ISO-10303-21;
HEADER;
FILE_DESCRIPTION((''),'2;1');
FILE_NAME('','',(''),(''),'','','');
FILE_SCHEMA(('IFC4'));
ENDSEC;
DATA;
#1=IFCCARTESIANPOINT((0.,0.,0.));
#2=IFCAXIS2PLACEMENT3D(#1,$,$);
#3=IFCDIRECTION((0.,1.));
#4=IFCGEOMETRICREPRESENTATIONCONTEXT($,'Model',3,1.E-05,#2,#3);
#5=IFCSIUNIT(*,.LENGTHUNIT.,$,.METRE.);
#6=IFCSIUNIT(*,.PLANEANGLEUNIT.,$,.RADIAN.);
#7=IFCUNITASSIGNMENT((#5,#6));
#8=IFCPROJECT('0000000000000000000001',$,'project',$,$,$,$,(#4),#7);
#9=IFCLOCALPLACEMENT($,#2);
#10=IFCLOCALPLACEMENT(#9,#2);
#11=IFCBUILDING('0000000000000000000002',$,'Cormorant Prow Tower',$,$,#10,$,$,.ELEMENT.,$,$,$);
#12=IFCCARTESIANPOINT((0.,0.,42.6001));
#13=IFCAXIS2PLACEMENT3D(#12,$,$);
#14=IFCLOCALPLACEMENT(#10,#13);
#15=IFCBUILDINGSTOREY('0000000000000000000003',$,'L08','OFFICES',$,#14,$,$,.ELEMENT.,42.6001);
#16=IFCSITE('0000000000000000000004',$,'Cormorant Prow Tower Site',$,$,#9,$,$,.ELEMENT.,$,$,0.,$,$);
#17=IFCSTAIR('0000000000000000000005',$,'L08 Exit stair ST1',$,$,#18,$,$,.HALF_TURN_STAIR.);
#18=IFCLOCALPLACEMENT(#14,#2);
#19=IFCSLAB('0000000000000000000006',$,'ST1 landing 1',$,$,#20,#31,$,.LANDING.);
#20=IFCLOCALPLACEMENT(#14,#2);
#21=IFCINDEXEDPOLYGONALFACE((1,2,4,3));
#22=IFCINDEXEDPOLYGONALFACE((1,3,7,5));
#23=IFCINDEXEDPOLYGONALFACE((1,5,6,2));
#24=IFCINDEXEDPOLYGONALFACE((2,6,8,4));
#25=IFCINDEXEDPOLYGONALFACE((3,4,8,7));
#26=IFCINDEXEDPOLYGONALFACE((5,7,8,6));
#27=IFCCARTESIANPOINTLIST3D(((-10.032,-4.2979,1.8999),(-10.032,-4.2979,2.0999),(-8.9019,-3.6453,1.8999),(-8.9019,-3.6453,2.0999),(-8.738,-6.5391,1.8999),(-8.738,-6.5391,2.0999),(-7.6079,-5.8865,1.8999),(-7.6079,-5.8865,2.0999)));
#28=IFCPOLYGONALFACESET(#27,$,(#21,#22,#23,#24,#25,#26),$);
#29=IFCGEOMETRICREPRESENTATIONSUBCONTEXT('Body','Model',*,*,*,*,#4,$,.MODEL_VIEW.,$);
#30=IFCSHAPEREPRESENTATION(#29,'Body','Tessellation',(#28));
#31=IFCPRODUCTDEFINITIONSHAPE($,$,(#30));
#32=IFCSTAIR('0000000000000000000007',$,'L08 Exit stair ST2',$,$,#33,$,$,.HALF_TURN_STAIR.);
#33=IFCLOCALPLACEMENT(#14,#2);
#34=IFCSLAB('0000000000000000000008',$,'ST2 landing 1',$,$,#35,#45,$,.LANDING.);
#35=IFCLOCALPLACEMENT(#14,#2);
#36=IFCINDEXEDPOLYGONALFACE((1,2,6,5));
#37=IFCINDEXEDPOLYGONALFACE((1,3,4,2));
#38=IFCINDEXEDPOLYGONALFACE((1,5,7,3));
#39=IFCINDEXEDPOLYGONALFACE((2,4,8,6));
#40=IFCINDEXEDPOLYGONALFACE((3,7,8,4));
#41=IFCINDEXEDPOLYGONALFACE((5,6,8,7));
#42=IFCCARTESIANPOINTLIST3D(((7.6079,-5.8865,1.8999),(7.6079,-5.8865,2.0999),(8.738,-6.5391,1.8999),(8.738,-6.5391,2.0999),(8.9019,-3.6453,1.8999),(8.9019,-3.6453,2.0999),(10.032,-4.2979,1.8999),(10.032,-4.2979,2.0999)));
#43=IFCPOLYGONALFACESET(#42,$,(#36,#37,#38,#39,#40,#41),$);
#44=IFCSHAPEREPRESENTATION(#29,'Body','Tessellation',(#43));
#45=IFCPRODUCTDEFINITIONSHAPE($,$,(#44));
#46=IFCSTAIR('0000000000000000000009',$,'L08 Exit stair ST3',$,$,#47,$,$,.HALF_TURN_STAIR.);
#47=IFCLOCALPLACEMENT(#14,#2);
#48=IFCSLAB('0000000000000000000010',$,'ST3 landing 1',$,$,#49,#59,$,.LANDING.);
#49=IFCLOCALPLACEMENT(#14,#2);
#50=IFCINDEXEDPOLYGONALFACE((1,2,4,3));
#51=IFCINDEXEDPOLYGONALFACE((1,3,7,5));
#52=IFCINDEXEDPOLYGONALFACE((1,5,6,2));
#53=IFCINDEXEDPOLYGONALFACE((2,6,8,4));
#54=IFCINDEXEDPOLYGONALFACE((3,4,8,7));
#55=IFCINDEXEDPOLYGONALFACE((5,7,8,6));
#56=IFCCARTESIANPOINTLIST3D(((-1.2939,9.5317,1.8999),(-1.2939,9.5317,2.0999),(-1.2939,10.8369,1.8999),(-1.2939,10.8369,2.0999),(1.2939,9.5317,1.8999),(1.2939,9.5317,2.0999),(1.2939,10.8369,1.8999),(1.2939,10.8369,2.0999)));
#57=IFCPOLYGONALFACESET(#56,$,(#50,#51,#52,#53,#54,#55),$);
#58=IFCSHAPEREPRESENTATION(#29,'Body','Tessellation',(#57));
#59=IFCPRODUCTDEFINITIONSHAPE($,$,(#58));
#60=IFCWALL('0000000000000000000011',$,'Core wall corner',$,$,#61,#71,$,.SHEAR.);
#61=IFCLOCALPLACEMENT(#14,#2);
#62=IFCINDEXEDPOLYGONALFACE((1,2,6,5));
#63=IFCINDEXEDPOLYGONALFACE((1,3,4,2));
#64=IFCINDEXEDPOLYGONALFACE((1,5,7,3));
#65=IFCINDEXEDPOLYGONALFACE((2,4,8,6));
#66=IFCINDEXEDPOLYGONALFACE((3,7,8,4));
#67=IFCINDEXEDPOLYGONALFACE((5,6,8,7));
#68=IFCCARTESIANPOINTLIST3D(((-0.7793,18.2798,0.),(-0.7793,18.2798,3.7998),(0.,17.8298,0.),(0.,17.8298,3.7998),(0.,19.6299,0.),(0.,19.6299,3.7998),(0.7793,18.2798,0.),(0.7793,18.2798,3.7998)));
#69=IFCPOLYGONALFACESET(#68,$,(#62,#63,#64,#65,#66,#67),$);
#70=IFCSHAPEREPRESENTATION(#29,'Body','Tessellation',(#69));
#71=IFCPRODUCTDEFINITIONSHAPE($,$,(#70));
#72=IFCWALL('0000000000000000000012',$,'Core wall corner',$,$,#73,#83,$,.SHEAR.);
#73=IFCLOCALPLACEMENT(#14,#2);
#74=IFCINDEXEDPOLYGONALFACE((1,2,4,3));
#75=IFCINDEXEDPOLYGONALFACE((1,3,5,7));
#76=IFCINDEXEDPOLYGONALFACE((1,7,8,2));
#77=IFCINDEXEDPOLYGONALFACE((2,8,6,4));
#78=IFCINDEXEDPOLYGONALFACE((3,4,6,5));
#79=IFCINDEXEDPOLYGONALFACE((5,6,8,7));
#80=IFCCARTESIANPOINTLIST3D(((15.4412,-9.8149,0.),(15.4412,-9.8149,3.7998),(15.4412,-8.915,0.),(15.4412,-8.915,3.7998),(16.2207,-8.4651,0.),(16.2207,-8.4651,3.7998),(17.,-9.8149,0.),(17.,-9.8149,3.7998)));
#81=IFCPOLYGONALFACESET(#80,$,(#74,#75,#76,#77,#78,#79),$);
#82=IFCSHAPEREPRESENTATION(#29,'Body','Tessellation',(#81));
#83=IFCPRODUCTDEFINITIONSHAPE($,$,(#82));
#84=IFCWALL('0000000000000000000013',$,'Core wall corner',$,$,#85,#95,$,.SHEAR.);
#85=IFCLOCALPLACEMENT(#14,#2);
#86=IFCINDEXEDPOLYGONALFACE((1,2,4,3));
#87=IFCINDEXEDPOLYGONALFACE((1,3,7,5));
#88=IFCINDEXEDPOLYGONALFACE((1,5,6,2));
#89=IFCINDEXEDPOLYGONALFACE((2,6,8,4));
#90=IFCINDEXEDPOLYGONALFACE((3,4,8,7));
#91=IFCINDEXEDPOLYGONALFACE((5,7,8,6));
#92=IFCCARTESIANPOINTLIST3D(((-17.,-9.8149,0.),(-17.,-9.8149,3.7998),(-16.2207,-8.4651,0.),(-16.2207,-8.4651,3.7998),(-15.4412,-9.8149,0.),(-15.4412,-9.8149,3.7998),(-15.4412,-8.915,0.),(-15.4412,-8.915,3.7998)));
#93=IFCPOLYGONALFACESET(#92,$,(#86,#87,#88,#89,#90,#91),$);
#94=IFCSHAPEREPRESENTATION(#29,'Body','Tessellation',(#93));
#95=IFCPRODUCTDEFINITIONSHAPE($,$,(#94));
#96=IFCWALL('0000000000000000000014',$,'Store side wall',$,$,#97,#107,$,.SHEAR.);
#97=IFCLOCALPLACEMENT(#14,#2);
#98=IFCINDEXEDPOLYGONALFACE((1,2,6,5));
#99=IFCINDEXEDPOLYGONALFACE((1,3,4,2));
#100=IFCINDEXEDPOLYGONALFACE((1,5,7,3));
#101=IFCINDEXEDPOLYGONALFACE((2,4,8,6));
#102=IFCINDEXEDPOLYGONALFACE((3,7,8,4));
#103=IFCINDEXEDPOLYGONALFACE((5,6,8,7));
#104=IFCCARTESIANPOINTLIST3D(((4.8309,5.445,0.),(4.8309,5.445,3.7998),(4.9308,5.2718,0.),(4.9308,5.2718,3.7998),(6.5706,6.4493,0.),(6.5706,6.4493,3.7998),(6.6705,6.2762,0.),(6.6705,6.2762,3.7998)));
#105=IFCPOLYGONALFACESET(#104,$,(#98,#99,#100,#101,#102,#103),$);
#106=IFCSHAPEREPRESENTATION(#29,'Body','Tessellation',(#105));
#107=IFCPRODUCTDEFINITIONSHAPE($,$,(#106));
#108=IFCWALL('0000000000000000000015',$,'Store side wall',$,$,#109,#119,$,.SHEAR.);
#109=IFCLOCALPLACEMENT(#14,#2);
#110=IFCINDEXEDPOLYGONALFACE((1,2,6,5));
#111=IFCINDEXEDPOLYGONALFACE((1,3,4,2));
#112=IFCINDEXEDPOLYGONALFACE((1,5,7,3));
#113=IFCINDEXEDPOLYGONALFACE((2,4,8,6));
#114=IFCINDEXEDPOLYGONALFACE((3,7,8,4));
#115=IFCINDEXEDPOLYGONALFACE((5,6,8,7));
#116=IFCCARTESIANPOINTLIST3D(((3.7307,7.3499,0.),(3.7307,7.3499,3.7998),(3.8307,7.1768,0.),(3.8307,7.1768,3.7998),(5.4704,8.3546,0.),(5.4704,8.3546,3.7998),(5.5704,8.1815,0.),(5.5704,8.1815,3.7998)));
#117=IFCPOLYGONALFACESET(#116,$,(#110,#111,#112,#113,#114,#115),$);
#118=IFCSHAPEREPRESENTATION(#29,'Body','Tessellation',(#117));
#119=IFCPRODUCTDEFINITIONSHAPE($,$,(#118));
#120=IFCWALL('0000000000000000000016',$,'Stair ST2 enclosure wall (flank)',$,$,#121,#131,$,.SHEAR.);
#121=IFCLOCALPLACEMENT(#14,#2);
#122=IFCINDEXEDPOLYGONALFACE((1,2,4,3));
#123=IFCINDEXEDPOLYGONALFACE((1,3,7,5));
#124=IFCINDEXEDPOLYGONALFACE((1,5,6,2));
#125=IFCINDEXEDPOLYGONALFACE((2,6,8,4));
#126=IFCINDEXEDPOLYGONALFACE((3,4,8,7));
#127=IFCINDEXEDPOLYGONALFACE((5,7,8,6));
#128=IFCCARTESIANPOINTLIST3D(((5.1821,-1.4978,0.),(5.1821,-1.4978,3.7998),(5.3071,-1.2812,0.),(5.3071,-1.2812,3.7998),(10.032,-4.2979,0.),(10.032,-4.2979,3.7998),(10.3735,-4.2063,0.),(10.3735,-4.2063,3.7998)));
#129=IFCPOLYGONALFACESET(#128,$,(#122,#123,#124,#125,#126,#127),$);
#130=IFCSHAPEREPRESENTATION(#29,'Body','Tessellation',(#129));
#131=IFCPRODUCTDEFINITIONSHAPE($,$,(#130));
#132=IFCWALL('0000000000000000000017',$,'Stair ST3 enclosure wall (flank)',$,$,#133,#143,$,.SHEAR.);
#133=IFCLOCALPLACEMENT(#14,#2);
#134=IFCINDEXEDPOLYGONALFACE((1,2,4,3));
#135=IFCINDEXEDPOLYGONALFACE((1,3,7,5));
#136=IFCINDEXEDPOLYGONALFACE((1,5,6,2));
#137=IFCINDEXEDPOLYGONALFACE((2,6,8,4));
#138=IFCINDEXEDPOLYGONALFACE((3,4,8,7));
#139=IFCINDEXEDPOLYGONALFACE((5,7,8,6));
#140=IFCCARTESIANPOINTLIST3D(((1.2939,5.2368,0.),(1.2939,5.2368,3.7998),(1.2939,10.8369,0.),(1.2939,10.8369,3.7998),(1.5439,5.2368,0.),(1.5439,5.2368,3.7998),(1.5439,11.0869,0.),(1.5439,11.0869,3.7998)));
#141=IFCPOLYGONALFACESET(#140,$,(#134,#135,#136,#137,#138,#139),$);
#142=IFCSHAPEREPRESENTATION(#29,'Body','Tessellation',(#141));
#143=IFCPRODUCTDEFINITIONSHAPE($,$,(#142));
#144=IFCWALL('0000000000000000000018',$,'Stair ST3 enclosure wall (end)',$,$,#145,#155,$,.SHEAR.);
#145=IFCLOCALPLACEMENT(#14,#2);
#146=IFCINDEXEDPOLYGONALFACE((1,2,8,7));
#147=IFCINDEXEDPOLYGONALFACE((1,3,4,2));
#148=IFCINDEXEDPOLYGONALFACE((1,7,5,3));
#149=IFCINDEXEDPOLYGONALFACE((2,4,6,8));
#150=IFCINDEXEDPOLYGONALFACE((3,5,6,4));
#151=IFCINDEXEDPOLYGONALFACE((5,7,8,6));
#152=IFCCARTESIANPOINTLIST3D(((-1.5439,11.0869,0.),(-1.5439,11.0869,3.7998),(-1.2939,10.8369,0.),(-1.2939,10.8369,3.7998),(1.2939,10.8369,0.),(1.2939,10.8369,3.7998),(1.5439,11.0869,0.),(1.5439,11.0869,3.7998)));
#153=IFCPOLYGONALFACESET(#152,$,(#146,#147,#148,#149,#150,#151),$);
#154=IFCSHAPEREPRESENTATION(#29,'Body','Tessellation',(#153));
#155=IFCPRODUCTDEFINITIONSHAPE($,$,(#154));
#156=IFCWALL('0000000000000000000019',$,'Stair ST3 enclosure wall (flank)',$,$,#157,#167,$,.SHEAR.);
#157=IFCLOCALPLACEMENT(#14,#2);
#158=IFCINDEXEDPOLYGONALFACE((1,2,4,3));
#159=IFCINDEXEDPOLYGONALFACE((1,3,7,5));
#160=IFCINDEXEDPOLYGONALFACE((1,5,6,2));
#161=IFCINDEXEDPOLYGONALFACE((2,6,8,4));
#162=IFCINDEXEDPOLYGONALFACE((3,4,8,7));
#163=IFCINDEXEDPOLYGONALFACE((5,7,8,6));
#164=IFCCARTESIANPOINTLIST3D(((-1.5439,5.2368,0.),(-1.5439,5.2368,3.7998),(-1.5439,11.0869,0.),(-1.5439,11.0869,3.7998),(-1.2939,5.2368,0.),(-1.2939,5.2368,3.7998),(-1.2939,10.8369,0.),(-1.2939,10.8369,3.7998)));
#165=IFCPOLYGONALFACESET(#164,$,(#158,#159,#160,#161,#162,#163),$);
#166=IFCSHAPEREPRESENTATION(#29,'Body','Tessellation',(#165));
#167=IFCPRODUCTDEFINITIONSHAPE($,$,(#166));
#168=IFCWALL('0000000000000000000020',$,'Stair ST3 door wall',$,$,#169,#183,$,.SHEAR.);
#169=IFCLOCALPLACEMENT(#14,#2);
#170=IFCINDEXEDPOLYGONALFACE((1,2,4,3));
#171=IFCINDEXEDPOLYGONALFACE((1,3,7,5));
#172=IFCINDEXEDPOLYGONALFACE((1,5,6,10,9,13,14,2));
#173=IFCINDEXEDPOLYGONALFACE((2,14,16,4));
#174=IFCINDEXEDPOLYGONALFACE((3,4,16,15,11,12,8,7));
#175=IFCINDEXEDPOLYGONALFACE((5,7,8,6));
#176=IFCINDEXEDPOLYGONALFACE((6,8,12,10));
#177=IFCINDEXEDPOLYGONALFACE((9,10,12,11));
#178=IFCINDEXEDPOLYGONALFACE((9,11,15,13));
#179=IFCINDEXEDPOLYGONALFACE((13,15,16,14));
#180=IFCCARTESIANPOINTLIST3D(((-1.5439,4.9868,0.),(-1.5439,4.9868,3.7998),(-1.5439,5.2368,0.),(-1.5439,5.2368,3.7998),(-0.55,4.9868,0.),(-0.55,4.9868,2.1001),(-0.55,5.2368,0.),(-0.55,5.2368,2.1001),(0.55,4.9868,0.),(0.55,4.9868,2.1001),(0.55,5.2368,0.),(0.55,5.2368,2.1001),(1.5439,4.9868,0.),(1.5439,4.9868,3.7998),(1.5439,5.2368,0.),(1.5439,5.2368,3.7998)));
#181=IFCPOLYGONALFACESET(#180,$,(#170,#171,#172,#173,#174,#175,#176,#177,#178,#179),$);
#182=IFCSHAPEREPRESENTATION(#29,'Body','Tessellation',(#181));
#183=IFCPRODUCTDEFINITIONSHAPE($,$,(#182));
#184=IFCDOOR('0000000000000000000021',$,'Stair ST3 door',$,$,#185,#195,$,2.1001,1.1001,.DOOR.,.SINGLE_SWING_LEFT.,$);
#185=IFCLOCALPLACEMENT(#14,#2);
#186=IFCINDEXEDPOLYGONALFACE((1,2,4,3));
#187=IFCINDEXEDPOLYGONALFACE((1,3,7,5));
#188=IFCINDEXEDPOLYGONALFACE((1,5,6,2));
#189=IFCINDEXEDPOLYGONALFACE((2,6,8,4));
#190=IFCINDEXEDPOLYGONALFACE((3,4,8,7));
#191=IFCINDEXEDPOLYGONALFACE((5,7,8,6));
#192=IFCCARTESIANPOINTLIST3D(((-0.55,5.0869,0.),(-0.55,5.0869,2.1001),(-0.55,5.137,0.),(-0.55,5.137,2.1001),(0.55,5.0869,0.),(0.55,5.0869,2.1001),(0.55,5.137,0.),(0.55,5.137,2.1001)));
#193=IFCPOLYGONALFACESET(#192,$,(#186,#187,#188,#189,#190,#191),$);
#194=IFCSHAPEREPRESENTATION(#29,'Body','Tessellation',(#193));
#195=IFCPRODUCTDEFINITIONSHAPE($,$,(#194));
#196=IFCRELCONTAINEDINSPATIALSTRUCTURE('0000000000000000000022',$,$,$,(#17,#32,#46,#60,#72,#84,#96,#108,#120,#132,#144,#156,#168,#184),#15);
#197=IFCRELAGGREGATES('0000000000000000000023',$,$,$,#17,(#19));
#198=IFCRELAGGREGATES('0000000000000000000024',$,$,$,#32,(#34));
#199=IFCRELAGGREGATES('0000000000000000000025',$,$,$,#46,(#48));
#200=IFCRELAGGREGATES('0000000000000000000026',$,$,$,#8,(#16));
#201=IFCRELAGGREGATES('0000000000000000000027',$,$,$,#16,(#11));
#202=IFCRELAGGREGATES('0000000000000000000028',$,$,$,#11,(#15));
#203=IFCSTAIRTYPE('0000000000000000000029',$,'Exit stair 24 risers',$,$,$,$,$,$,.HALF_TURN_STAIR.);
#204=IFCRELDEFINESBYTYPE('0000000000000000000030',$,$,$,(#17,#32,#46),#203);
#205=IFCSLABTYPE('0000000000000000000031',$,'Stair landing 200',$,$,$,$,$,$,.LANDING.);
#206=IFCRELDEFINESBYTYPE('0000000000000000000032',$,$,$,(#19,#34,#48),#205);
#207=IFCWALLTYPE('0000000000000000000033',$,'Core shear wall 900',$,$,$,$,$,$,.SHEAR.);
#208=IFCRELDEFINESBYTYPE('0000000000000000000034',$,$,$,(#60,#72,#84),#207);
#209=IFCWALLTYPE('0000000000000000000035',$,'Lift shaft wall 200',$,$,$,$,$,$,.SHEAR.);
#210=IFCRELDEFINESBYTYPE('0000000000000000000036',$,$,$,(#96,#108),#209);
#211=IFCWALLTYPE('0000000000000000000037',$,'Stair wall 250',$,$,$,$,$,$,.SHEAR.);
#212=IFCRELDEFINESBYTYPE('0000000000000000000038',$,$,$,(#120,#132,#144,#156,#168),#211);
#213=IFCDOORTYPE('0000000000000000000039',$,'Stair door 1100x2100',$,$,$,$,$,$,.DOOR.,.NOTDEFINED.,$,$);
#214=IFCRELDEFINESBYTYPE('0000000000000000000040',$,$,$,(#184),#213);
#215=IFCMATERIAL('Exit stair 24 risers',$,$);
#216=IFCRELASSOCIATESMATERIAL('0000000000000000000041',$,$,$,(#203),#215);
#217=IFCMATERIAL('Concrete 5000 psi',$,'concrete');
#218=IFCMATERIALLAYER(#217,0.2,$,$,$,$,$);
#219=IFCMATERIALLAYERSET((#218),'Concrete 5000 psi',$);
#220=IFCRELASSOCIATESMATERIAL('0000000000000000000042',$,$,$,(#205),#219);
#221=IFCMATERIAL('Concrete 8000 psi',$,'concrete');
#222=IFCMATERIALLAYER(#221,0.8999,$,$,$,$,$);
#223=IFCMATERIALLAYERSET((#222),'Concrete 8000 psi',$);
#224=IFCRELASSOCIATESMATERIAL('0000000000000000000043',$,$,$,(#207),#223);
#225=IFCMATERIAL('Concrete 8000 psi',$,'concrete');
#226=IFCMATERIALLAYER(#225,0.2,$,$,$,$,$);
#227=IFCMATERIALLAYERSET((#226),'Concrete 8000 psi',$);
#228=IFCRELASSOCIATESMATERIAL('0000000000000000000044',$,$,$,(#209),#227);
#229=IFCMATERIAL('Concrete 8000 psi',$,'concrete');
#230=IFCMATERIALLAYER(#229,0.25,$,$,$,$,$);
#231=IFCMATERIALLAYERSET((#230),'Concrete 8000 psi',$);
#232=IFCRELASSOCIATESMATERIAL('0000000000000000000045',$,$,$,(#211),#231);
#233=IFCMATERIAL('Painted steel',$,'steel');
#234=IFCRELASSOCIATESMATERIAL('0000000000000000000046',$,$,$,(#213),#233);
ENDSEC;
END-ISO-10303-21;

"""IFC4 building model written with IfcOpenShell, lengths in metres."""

from ifc_helpers import new_model, si_unit, direction, frame, frame_2d, origin, place, context, subcontext, project, spatial, polyline, rectangle, outline, extrude, material, layer, layer_set, type_object, element, fill, aggregate, save


model = new_model("IFC4")

# Units and contexts
model_context = context("Model", 3, precision=1e-05, world=origin(), true_north=direction((0.0, 1.0)))
body_context = subcontext(model_context, "Body", "Model", "MODEL_VIEW")
ifc_project = project(units=[si_unit("LENGTHUNIT", "METRE"), si_unit("PLANEANGLEUNIT", "RADIAN")], contexts=[model_context])

# Site, building, storey
site_placement = place(None, origin())
site = spatial("IfcSite", under=ifc_project, at=site_placement, Name="Cormorant Prow Tower Site", CompositionType="ELEMENT", RefElevation=0.0)
building_placement = place(site_placement, origin())
building = spatial("IfcBuilding", under=site, at=building_placement, Name="Cormorant Prow Tower", CompositionType="ELEMENT")
storey_placement = place(building_placement, frame((0.0, 0.0, 42.6001)))
storey = spatial("IfcBuildingStorey", under=building, at=storey_placement, Name="L08", Description="OFFICES", CompositionType="ELEMENT", Elevation=42.6001)

# Stairs, slabs
ifc_material_1 = material(Name="Exit stair 24 risers")
stair_type = type_object("IfcStairType", Name="Exit stair 24 risers", PredefinedType="HALF_TURN_STAIR", material=ifc_material_1)
stair_1_placement = place(storey_placement, origin())
stair_1 = element("IfcStair", 1, at=stair_1_placement, inside=storey, type_object=stair_type, Name="L08 Exit stair ST1", PredefinedType="HALF_TURN_STAIR")
ifc_material_2 = material(Name="Concrete 5000 psi", Category="concrete")
ifc_layer_1 = layer(ifc_material_2, 0.2)
ifc_layer_set_1 = layer_set([ifc_layer_1], Name="Concrete 5000 psi")
slab_type = type_object("IfcSlabType", Name="Stair landing 200", PredefinedType="LANDING", material=ifc_layer_set_1)
slab_1_placement = place(storey_placement, frame((0.0, 0.0, 1.8999)))
slab_1 = element("IfcSlab", 2, at=slab_1_placement, type_object=slab_type, Name="ST1 landing 1", PredefinedType="LANDING", context=body_context, shape_type="SweptSolid", body=[
    extrude(outline(polyline([(-8.9019, -3.6453), (-10.032, -4.2979), (-8.738, -6.5391), (-7.6079, -5.8865), (-8.9019, -3.6453)])), origin(), (0.0, 0.0, 1.0), 0.2),
])
aggregate(stair_1, [slab_1])
stair_2_placement = place(storey_placement, origin())
stair_2 = element("IfcStair", 3, at=stair_2_placement, inside=storey, type_object=stair_type, Name="L08 Exit stair ST2", PredefinedType="HALF_TURN_STAIR")
slab_2_placement = place(storey_placement, frame((0.0, 0.0, 1.8999)))
slab_2 = element("IfcSlab", 4, at=slab_2_placement, type_object=slab_type, Name="ST2 landing 1", PredefinedType="LANDING", context=body_context, shape_type="SweptSolid", body=[
    extrude(outline(polyline([(7.6079, -5.8865), (8.738, -6.5391), (10.032, -4.2979), (8.9019, -3.6453), (7.6079, -5.8865)])), origin(), (0.0, 0.0, 1.0), 0.2),
])
aggregate(stair_2, [slab_2])
stair_3_placement = place(storey_placement, origin())
stair_3 = element("IfcStair", 5, at=stair_3_placement, inside=storey, type_object=stair_type, Name="L08 Exit stair ST3", PredefinedType="HALF_TURN_STAIR")
slab_3_placement = place(storey_placement, frame((0.0, 0.0, 1.8999)))
slab_3 = element("IfcSlab", 6, at=slab_3_placement, type_object=slab_type, Name="ST3 landing 1", PredefinedType="LANDING", context=body_context, shape_type="SweptSolid", body=[
    extrude(outline(polyline([(1.2939, 9.5317), (1.2939, 10.8369), (-1.2939, 10.8369), (-1.2939, 9.5317), (1.2939, 9.5317)])), origin(), (0.0, 0.0, 1.0), 0.2),
])

# Walls
ifc_material_3 = material(Name="Concrete 8000 psi", Category="concrete")
ifc_layer_2 = layer(ifc_material_3, 0.8999)
ifc_layer_set_2 = layer_set([ifc_layer_2], Name="Concrete 8000 psi")
wall_type_1 = type_object("IfcWallType", Name="Core shear wall 900", PredefinedType="SHEAR", material=ifc_layer_set_2)
wall_1_placement = place(storey_placement, origin())
element("IfcWall", 7, at=wall_1_placement, inside=storey, type_object=wall_type_1, Name="Core wall corner", PredefinedType="SHEAR", context=body_context, shape_type="SweptSolid", body=[
    extrude(outline(polyline([(-0.7793, 18.2798), (0.0, 19.6299), (0.7793, 18.2798), (0.0, 17.8298), (-0.7793, 18.2798)])), origin(), (0.0, 0.0, 1.0), 3.7998),
])
wall_2_placement = place(storey_placement, origin())
element("IfcWall", 8, at=wall_2_placement, inside=storey, type_object=wall_type_1, Name="Core wall corner", PredefinedType="SHEAR", context=body_context, shape_type="SweptSolid", body=[
    extrude(outline(polyline([(15.4412, -9.8149), (15.4412, -8.915), (16.2207, -8.4651), (17.0, -9.8149), (15.4412, -9.8149)])), origin(), (0.0, 0.0, 1.0), 3.7998),
])
wall_3_placement = place(storey_placement, origin())
element("IfcWall", 9, at=wall_3_placement, inside=storey, type_object=wall_type_1, Name="Core wall corner", PredefinedType="SHEAR", context=body_context, shape_type="SweptSolid", body=[
    extrude(outline(polyline([(-16.2207, -8.4651), (-15.4412, -8.915), (-15.4412, -9.8149), (-17.0, -9.8149), (-16.2207, -8.4651)])), origin(), (0.0, 0.0, 1.0), 3.7998),
])
ifc_material_4 = material(Name="Concrete 8000 psi", Category="concrete")
ifc_layer_3 = layer(ifc_material_4, 0.2)
ifc_layer_set_3 = layer_set([ifc_layer_3], Name="Concrete 8000 psi")
wall_type_2 = type_object("IfcWallType", Name="Lift shaft wall 200", PredefinedType="SHEAR", material=ifc_layer_set_3)
wall_4_placement = place(storey_placement, frame((4.8809, 5.3584, 0.0), z_axis=(0.0, 0.0, 1.0), x_axis=(0.866036, 0.499982, 0.0)))
element("IfcWall", 10, at=wall_4_placement, inside=storey, type_object=wall_type_2, Name="Store side wall", PredefinedType="SHEAR", context=body_context, shape_type="SweptSolid", body=[
    extrude(rectangle(XDim=2.0088, YDim=0.2, at=frame_2d((1.0044, 0.0))), origin(), (0.0, 0.0, 1.0), 3.7998),
])
wall_5_placement = place(storey_placement, frame((3.7808, 7.2634, 0.0), z_axis=(0.0, 0.0, 1.0), x_axis=(0.865983, 0.500073, 0.0)))
element("IfcWall", 11, at=wall_5_placement, inside=storey, type_object=wall_type_2, Name="Store side wall", PredefinedType="SHEAR", context=body_context, shape_type="SweptSolid", body=[
    extrude(rectangle(XDim=2.009, YDim=0.2, at=frame_2d((1.0044, 0.0))), origin(), (0.0, 0.0, 1.0), 3.7998),
])
ifc_material_5 = material(Name="Concrete 8000 psi", Category="concrete")
ifc_layer_4 = layer(ifc_material_5, 0.25)
ifc_layer_set_4 = layer_set([ifc_layer_4], Name="Concrete 8000 psi")
wall_type_3 = type_object("IfcWallType", Name="Stair wall 250", PredefinedType="SHEAR", material=ifc_layer_set_4)
wall_6_placement = place(storey_placement, origin())
element("IfcWall", 12, at=wall_6_placement, inside=storey, type_object=wall_type_3, Name="Stair ST2 enclosure wall (flank)", PredefinedType="SHEAR", context=body_context, shape_type="SweptSolid", body=[
    extrude(outline(polyline([(10.032, -4.2979), (10.3735, -4.2063), (5.3071, -1.2812), (5.1821, -1.4978), (10.032, -4.2979)])), origin(), (0.0, 0.0, 1.0), 3.7998),
])
wall_7_placement = place(storey_placement, origin())
element("IfcWall", 13, at=wall_7_placement, inside=storey, type_object=wall_type_3, Name="Stair ST3 enclosure wall (flank)", PredefinedType="SHEAR", context=body_context, shape_type="SweptSolid", body=[
    extrude(outline(polyline([(1.5439, 5.2368), (1.5439, 11.0869), (1.2939, 10.8369), (1.2939, 5.2368), (1.5439, 5.2368)])), origin(), (0.0, 0.0, 1.0), 3.7998),
])
wall_8_placement = place(storey_placement, origin())
element("IfcWall", 14, at=wall_8_placement, inside=storey, type_object=wall_type_3, Name="Stair ST3 enclosure wall (end)", PredefinedType="SHEAR", context=body_context, shape_type="SweptSolid", body=[
    extrude(outline(polyline([(1.5439, 11.0869), (-1.5439, 11.0869), (-1.2939, 10.8369), (1.2939, 10.8369), (1.5439, 11.0869)])), origin(), (0.0, 0.0, 1.0), 3.7998),
])
wall_9_placement = place(storey_placement, origin())
element("IfcWall", 15, at=wall_9_placement, inside=storey, type_object=wall_type_3, Name="Stair ST3 enclosure wall (flank)", PredefinedType="SHEAR", context=body_context, shape_type="SweptSolid", body=[
    extrude(outline(polyline([(-1.2939, 10.8369), (-1.5439, 11.0869), (-1.5439, 5.2368), (-1.2939, 5.2368), (-1.2939, 10.8369)])), origin(), (0.0, 0.0, 1.0), 3.7998),
])

# Wall, opening, door
wall_10_placement = place(storey_placement, frame((1.5439, 5.1118, 0.0), z_axis=(0.0, 0.0, 1.0), x_axis=(-1.0, 0.0, 0.0)))
wall_10 = element("IfcWall", 16, at=wall_10_placement, inside=storey, type_object=wall_type_3, Name="Stair ST3 door wall", PredefinedType="SHEAR", context=body_context, shape_type="SweptSolid", body=[
    extrude(rectangle(XDim=3.0879, YDim=0.25, at=frame_2d((1.5439, 0.0))), origin(), (0.0, 0.0, 1.0), 3.7998),
])
opening_placement = place(wall_10_placement, frame((0.9939, 0.0, 0.0)))
opening = element("IfcOpeningElement", 17, at=opening_placement, cuts=wall_10, PredefinedType="OPENING", context=body_context, shape_type="SweptSolid", body=[
    extrude(rectangle(XDim=1.1001, YDim=2.1001, at=frame_2d((0.55, 1.05))), frame((0.0, 0.135, 0.0), z_axis=(0.0, -1.0, 0.0), x_axis=(1.0, 0.0, 0.0)), (0.0, 0.0, 1.0), 0.27),
])
ifc_material_6 = material(Name="Painted steel", Category="steel")
door_type = type_object("IfcDoorType", Name="Stair door 1100x2100", OperationType="NOTDEFINED", PredefinedType="DOOR", material=ifc_material_6)
door_placement = place(opening_placement, origin())
door = element("IfcDoor", 18, at=door_placement, inside=storey, type_object=door_type, Name="Stair ST3 door", OperationType="SINGLE_SWING_LEFT", OverallHeight=2.1001, OverallWidth=1.1001, PredefinedType="DOOR", context=body_context, shape_type="SweptSolid", body=[
    extrude(rectangle(XDim=1.1001, YDim=2.1001, at=frame_2d((0.55, 1.05))), frame((0.0, 0.0249, 0.0), z_axis=(0.0, -1.0, 0.0), x_axis=(1.0, 0.0, 0.0)), (0.0, 0.0, 1.0), 0.05),
])
fill(opening, door)

aggregate(stair_3, [slab_3])

save(model, "model.ifc")
